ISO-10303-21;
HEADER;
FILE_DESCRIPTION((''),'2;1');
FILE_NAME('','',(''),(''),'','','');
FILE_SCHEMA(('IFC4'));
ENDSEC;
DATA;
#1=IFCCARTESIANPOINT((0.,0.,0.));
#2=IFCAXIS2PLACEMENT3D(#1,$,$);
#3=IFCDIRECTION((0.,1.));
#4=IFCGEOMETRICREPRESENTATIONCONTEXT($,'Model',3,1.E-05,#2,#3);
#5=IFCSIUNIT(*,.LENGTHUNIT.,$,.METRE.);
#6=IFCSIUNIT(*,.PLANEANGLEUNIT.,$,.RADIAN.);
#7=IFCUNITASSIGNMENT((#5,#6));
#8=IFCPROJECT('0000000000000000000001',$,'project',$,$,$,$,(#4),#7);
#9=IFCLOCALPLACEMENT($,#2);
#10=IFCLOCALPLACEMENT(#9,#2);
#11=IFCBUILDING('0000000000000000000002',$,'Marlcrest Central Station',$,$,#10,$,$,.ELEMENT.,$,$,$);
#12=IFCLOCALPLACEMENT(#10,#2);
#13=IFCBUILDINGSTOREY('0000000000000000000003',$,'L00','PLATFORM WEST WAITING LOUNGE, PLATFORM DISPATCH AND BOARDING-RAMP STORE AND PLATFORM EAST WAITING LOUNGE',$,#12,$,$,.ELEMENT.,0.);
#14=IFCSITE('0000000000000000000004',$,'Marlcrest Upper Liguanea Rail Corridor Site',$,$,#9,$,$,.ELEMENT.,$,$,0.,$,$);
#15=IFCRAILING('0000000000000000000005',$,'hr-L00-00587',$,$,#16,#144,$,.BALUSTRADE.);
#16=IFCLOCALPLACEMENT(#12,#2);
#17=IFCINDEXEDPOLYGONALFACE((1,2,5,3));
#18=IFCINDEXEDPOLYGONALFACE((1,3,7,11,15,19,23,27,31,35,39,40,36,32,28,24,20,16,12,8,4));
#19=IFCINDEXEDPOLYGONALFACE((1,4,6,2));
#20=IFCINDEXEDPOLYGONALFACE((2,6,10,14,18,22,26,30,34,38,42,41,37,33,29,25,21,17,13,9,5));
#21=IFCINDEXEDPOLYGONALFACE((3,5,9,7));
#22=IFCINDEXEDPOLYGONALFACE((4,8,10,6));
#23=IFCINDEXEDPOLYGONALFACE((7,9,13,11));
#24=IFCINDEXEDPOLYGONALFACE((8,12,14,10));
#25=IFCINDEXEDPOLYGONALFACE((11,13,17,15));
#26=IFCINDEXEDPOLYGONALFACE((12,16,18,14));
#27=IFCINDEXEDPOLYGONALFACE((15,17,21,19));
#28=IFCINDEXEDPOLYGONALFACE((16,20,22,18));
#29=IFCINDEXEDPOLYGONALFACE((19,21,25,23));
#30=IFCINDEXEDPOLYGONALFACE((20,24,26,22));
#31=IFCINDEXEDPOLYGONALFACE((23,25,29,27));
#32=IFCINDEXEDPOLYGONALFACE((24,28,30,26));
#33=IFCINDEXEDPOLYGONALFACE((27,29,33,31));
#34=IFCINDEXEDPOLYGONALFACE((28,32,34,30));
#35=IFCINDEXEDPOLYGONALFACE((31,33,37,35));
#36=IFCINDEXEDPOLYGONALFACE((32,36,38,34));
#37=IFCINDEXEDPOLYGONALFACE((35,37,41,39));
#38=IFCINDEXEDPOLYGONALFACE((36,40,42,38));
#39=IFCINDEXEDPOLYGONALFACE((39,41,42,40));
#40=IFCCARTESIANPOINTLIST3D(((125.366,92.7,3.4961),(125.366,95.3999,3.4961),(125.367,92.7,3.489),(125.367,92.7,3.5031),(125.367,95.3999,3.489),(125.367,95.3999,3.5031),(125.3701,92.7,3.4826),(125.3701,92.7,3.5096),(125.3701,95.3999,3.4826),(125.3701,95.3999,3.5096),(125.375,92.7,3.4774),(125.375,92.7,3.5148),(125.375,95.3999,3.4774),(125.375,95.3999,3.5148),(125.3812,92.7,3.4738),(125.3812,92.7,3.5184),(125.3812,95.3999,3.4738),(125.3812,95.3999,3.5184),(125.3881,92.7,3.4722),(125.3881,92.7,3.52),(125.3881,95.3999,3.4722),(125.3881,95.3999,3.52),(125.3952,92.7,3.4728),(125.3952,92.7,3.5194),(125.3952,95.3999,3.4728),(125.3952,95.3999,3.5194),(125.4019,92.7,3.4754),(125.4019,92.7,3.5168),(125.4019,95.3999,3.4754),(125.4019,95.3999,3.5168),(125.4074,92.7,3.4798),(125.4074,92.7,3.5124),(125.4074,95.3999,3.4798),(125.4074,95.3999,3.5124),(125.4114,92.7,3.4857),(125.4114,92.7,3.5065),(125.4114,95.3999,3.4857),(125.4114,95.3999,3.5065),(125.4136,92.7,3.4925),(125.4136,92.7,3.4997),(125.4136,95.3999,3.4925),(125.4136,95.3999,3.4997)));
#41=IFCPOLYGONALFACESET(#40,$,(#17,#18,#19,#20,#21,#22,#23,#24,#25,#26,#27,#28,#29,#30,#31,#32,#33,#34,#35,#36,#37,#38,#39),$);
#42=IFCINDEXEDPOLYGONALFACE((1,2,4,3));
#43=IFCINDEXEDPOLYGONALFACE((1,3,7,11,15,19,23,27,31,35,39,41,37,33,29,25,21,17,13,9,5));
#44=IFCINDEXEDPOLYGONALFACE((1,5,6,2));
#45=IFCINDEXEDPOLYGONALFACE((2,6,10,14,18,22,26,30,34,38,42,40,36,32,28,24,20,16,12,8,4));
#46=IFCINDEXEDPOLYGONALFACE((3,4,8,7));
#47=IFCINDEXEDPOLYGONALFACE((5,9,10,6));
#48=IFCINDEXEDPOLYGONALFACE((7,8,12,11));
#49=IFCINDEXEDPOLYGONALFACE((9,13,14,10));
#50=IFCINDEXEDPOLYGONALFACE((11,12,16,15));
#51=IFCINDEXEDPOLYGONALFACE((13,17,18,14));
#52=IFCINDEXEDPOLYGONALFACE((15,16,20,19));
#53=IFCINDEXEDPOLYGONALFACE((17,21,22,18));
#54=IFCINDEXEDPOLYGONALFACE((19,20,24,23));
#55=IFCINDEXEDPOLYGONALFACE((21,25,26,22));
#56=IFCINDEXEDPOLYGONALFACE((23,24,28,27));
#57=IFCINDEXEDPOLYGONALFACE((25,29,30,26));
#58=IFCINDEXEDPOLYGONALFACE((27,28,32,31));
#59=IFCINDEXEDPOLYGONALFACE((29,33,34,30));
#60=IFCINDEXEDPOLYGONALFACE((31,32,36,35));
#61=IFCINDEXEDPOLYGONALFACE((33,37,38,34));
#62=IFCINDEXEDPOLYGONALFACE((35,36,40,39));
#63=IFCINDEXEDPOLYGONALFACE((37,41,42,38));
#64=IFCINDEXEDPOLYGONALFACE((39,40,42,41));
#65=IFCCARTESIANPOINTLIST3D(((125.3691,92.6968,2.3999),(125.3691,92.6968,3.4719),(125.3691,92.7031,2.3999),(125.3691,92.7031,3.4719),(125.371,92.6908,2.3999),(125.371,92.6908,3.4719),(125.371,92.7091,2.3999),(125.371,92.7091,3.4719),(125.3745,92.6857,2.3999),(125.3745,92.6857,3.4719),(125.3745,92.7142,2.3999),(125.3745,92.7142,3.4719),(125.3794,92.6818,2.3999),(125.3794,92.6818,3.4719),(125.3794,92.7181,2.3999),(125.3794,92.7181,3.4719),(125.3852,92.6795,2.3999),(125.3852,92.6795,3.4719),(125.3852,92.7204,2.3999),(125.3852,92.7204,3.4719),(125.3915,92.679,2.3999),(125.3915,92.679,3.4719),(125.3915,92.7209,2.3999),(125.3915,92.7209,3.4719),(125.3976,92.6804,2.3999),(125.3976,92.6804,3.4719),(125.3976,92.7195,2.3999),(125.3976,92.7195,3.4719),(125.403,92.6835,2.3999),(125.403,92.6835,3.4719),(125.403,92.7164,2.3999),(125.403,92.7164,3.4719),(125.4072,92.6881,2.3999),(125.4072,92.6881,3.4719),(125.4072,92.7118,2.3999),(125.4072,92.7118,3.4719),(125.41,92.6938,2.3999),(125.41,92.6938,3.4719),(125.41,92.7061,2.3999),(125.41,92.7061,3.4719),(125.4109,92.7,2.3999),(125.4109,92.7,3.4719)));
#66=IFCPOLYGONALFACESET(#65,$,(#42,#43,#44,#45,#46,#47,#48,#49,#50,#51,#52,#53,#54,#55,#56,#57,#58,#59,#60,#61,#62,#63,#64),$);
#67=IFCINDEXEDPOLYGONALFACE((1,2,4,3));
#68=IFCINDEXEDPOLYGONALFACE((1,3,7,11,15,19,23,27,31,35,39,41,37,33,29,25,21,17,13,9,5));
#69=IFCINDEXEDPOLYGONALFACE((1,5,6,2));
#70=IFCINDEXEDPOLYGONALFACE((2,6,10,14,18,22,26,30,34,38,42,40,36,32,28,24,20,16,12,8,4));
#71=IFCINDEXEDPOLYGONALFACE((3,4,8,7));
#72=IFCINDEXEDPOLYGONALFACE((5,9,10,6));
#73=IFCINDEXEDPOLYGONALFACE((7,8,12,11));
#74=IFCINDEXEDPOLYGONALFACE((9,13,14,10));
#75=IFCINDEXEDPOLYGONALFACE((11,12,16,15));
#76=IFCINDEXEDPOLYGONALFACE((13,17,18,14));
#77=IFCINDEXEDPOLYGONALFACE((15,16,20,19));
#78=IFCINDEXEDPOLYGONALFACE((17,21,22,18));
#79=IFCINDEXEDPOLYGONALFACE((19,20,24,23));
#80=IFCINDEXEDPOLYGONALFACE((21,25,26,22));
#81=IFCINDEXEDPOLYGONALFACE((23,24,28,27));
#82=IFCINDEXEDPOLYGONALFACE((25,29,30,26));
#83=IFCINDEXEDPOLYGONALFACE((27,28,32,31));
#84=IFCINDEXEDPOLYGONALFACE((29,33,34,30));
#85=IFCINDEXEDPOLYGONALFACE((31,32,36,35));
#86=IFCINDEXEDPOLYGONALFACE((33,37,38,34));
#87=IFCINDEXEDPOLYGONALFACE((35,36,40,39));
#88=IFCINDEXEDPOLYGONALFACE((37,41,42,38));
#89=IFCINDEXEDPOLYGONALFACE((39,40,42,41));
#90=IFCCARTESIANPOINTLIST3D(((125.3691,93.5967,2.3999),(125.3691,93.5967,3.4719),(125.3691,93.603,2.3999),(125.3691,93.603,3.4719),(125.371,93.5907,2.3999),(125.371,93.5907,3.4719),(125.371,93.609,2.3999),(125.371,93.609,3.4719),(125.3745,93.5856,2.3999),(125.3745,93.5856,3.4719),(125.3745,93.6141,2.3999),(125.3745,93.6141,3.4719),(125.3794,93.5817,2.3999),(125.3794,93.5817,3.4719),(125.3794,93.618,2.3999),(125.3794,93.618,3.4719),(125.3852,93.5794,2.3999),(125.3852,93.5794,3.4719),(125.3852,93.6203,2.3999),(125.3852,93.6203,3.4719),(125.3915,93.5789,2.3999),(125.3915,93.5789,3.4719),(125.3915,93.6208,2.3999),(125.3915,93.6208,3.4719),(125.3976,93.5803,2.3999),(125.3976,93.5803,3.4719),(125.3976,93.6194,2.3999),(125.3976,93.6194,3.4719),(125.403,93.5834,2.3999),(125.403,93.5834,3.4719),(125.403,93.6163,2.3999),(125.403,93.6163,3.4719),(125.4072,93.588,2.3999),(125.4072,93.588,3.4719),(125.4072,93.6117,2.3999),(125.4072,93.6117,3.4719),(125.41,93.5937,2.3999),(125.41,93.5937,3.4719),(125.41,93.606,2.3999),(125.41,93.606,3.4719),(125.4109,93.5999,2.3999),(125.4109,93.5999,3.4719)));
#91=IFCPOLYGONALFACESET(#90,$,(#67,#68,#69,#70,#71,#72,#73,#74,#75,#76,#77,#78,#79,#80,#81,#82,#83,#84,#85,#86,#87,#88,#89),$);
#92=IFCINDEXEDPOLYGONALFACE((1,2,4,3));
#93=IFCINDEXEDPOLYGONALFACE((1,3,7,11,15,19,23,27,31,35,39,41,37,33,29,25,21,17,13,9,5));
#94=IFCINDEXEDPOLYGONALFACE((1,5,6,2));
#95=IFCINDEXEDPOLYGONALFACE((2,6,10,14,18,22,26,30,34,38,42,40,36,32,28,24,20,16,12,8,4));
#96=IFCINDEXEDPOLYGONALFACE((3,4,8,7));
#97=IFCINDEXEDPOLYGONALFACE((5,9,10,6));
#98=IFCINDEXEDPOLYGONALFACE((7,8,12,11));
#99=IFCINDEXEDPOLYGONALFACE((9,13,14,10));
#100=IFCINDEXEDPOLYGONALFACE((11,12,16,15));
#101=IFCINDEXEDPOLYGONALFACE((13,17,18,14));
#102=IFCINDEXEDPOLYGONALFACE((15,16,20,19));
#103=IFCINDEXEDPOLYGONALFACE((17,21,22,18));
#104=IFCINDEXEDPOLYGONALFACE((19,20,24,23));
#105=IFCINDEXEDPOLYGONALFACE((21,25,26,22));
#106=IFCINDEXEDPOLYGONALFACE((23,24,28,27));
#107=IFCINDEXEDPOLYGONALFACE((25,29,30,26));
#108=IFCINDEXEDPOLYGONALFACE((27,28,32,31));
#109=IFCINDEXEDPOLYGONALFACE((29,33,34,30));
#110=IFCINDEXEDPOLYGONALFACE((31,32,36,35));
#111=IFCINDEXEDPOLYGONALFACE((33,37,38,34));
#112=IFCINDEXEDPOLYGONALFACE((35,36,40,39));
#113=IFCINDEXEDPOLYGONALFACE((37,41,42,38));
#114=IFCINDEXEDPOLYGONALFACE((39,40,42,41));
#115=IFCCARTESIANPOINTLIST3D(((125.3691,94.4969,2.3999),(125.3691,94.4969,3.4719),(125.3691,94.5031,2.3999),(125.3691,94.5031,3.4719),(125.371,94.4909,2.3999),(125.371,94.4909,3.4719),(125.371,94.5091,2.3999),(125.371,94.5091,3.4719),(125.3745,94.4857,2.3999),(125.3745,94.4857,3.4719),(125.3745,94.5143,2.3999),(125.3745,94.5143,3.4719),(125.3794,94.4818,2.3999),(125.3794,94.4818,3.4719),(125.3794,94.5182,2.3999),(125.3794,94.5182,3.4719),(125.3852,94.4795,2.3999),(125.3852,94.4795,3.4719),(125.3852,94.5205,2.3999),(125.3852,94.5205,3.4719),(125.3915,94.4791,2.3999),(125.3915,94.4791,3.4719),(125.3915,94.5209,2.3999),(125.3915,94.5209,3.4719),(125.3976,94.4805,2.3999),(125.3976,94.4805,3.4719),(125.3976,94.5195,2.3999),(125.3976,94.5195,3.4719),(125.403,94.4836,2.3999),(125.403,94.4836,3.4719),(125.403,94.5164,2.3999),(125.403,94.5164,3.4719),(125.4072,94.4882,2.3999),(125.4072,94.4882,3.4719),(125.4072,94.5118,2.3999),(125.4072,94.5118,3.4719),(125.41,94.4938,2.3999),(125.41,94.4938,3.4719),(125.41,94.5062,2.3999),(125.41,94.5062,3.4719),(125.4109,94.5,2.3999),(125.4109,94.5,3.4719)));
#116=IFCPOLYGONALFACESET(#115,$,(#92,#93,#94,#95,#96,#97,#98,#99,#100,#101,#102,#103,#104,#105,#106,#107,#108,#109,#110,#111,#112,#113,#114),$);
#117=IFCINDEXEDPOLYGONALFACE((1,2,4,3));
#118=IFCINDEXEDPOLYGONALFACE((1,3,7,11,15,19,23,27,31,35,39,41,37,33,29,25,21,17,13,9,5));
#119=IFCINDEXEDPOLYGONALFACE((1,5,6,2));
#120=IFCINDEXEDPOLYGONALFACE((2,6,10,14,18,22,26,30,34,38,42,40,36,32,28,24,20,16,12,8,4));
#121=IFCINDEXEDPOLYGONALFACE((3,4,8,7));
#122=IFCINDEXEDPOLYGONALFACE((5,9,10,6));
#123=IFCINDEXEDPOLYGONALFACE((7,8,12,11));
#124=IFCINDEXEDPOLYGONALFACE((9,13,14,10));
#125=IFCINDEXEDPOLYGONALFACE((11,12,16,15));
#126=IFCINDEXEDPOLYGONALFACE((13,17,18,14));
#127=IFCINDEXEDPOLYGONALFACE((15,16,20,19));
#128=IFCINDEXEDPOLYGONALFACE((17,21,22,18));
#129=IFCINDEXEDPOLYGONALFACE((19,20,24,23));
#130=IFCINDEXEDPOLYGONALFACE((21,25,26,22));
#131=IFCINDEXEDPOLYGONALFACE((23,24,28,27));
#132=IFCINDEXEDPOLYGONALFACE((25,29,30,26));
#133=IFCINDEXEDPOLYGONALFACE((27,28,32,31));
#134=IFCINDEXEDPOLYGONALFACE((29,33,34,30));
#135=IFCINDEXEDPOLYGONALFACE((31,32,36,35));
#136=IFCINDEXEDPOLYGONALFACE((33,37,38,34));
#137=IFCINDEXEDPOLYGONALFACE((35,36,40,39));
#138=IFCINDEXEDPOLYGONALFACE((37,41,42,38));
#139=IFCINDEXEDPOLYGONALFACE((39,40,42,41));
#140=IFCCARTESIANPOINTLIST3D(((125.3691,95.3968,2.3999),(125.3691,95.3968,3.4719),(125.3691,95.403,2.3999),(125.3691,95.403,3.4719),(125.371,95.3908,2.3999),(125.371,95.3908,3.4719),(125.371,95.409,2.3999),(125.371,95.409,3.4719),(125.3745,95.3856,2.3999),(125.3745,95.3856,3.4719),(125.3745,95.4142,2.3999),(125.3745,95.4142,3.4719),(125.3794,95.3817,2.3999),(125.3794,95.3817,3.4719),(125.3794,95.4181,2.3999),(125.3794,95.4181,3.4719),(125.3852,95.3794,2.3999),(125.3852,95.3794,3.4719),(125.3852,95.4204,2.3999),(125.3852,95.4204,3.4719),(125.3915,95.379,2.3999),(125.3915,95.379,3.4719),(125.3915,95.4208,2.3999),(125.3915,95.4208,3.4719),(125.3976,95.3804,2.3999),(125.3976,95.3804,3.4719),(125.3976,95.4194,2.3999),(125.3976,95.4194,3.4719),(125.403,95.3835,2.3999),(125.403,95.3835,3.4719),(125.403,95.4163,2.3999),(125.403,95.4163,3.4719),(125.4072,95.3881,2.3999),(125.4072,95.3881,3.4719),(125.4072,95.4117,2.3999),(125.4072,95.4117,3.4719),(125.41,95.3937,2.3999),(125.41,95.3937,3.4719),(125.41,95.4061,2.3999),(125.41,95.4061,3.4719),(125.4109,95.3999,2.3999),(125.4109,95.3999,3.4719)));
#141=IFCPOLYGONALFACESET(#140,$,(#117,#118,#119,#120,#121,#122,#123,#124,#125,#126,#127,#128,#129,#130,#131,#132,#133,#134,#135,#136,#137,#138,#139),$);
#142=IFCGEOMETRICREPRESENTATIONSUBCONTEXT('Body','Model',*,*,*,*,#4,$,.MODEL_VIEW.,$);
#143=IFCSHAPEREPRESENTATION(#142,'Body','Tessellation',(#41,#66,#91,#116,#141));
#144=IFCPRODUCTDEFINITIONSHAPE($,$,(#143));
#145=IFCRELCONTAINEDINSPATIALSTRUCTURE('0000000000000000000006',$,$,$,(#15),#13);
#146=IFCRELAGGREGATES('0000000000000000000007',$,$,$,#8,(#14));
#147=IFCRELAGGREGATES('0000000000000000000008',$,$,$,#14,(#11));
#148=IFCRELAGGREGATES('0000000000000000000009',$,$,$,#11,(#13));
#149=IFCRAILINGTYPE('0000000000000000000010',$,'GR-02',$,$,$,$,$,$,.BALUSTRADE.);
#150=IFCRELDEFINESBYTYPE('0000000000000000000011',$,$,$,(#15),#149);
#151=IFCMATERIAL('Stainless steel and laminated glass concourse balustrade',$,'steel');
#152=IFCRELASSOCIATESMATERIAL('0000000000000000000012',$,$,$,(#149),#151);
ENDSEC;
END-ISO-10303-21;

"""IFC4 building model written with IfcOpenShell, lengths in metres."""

from ifc_helpers import new_model, si_unit, direction, frame, origin, origin_2d, place, context, subcontext, project, spatial, circle, extrude, material, type_object, element, save


model = new_model("IFC4")

# Units and contexts
model_context = context("Model", 3, precision=1e-05, world=origin(), true_north=direction((0.0, 1.0)))
body_context = subcontext(model_context, "Body", "Model", "MODEL_VIEW")
ifc_project = project(units=[si_unit("LENGTHUNIT", "METRE"), si_unit("PLANEANGLEUNIT", "RADIAN")], contexts=[model_context])

# Site, building, storey
site_placement = place(None, origin())
site = spatial("IfcSite", under=ifc_project, at=site_placement, Name="Marlcrest Upper Liguanea Rail Corridor Site", CompositionType="ELEMENT", RefElevation=0.0)
building_placement = place(site_placement, origin())
building = spatial("IfcBuilding", under=site, at=building_placement, Name="Marlcrest Central Station", CompositionType="ELEMENT")
storey_placement = place(building_placement, origin())
storey = spatial("IfcBuildingStorey", under=building, at=storey_placement, Name="L00", Description="PLATFORM WEST WAITING LOUNGE, PLATFORM DISPATCH AND BOARDING-RAMP STORE AND PLATFORM EAST WAITING LOUNGE", CompositionType="ELEMENT", Elevation=0.0)

# Railing
ifc_material_1 = material(Name="Stainless steel and laminated glass concourse balustrade", Category="steel")
railing_type_1 = type_object("IfcRailingType", Name="GR-02", PredefinedType="BALUSTRADE", material=ifc_material_1)
railing_1_placement = place(storey_placement, frame((125.3899, 92.7, 2.3999)))
element("IfcRailing", 1, at=railing_1_placement, inside=storey, type_object=railing_type_1, Name="hr-L00-00587", PredefinedType="BALUSTRADE", context=body_context, shape_type="SweptSolid", body=[
    extrude(circle(Radius=0.0239, at=origin_2d()), frame((0.0, 0.0, 1.0962), z_axis=(0.0, 1.0, 0.0), x_axis=(-1.0, 0.0, 0.0)), (0.0, 0.0, 1.0), 2.7),
    extrude(circle(Radius=0.021, at=origin_2d()), origin(), (0.0, 0.0, 1.0), 1.072),
    extrude(circle(Radius=0.021, at=origin_2d()), frame((0.0, 0.8999, 0.0)), (0.0, 0.0, 1.0), 1.072),
    extrude(circle(Radius=0.021, at=origin_2d()), frame((0.0, 1.8, 0.0)), (0.0, 0.0, 1.0), 1.072),
    extrude(circle(Radius=0.021, at=origin_2d()), frame((0.0, 2.7, 0.0)), (0.0, 0.0, 1.0), 1.072),
])

save(model, "model.ifc")
